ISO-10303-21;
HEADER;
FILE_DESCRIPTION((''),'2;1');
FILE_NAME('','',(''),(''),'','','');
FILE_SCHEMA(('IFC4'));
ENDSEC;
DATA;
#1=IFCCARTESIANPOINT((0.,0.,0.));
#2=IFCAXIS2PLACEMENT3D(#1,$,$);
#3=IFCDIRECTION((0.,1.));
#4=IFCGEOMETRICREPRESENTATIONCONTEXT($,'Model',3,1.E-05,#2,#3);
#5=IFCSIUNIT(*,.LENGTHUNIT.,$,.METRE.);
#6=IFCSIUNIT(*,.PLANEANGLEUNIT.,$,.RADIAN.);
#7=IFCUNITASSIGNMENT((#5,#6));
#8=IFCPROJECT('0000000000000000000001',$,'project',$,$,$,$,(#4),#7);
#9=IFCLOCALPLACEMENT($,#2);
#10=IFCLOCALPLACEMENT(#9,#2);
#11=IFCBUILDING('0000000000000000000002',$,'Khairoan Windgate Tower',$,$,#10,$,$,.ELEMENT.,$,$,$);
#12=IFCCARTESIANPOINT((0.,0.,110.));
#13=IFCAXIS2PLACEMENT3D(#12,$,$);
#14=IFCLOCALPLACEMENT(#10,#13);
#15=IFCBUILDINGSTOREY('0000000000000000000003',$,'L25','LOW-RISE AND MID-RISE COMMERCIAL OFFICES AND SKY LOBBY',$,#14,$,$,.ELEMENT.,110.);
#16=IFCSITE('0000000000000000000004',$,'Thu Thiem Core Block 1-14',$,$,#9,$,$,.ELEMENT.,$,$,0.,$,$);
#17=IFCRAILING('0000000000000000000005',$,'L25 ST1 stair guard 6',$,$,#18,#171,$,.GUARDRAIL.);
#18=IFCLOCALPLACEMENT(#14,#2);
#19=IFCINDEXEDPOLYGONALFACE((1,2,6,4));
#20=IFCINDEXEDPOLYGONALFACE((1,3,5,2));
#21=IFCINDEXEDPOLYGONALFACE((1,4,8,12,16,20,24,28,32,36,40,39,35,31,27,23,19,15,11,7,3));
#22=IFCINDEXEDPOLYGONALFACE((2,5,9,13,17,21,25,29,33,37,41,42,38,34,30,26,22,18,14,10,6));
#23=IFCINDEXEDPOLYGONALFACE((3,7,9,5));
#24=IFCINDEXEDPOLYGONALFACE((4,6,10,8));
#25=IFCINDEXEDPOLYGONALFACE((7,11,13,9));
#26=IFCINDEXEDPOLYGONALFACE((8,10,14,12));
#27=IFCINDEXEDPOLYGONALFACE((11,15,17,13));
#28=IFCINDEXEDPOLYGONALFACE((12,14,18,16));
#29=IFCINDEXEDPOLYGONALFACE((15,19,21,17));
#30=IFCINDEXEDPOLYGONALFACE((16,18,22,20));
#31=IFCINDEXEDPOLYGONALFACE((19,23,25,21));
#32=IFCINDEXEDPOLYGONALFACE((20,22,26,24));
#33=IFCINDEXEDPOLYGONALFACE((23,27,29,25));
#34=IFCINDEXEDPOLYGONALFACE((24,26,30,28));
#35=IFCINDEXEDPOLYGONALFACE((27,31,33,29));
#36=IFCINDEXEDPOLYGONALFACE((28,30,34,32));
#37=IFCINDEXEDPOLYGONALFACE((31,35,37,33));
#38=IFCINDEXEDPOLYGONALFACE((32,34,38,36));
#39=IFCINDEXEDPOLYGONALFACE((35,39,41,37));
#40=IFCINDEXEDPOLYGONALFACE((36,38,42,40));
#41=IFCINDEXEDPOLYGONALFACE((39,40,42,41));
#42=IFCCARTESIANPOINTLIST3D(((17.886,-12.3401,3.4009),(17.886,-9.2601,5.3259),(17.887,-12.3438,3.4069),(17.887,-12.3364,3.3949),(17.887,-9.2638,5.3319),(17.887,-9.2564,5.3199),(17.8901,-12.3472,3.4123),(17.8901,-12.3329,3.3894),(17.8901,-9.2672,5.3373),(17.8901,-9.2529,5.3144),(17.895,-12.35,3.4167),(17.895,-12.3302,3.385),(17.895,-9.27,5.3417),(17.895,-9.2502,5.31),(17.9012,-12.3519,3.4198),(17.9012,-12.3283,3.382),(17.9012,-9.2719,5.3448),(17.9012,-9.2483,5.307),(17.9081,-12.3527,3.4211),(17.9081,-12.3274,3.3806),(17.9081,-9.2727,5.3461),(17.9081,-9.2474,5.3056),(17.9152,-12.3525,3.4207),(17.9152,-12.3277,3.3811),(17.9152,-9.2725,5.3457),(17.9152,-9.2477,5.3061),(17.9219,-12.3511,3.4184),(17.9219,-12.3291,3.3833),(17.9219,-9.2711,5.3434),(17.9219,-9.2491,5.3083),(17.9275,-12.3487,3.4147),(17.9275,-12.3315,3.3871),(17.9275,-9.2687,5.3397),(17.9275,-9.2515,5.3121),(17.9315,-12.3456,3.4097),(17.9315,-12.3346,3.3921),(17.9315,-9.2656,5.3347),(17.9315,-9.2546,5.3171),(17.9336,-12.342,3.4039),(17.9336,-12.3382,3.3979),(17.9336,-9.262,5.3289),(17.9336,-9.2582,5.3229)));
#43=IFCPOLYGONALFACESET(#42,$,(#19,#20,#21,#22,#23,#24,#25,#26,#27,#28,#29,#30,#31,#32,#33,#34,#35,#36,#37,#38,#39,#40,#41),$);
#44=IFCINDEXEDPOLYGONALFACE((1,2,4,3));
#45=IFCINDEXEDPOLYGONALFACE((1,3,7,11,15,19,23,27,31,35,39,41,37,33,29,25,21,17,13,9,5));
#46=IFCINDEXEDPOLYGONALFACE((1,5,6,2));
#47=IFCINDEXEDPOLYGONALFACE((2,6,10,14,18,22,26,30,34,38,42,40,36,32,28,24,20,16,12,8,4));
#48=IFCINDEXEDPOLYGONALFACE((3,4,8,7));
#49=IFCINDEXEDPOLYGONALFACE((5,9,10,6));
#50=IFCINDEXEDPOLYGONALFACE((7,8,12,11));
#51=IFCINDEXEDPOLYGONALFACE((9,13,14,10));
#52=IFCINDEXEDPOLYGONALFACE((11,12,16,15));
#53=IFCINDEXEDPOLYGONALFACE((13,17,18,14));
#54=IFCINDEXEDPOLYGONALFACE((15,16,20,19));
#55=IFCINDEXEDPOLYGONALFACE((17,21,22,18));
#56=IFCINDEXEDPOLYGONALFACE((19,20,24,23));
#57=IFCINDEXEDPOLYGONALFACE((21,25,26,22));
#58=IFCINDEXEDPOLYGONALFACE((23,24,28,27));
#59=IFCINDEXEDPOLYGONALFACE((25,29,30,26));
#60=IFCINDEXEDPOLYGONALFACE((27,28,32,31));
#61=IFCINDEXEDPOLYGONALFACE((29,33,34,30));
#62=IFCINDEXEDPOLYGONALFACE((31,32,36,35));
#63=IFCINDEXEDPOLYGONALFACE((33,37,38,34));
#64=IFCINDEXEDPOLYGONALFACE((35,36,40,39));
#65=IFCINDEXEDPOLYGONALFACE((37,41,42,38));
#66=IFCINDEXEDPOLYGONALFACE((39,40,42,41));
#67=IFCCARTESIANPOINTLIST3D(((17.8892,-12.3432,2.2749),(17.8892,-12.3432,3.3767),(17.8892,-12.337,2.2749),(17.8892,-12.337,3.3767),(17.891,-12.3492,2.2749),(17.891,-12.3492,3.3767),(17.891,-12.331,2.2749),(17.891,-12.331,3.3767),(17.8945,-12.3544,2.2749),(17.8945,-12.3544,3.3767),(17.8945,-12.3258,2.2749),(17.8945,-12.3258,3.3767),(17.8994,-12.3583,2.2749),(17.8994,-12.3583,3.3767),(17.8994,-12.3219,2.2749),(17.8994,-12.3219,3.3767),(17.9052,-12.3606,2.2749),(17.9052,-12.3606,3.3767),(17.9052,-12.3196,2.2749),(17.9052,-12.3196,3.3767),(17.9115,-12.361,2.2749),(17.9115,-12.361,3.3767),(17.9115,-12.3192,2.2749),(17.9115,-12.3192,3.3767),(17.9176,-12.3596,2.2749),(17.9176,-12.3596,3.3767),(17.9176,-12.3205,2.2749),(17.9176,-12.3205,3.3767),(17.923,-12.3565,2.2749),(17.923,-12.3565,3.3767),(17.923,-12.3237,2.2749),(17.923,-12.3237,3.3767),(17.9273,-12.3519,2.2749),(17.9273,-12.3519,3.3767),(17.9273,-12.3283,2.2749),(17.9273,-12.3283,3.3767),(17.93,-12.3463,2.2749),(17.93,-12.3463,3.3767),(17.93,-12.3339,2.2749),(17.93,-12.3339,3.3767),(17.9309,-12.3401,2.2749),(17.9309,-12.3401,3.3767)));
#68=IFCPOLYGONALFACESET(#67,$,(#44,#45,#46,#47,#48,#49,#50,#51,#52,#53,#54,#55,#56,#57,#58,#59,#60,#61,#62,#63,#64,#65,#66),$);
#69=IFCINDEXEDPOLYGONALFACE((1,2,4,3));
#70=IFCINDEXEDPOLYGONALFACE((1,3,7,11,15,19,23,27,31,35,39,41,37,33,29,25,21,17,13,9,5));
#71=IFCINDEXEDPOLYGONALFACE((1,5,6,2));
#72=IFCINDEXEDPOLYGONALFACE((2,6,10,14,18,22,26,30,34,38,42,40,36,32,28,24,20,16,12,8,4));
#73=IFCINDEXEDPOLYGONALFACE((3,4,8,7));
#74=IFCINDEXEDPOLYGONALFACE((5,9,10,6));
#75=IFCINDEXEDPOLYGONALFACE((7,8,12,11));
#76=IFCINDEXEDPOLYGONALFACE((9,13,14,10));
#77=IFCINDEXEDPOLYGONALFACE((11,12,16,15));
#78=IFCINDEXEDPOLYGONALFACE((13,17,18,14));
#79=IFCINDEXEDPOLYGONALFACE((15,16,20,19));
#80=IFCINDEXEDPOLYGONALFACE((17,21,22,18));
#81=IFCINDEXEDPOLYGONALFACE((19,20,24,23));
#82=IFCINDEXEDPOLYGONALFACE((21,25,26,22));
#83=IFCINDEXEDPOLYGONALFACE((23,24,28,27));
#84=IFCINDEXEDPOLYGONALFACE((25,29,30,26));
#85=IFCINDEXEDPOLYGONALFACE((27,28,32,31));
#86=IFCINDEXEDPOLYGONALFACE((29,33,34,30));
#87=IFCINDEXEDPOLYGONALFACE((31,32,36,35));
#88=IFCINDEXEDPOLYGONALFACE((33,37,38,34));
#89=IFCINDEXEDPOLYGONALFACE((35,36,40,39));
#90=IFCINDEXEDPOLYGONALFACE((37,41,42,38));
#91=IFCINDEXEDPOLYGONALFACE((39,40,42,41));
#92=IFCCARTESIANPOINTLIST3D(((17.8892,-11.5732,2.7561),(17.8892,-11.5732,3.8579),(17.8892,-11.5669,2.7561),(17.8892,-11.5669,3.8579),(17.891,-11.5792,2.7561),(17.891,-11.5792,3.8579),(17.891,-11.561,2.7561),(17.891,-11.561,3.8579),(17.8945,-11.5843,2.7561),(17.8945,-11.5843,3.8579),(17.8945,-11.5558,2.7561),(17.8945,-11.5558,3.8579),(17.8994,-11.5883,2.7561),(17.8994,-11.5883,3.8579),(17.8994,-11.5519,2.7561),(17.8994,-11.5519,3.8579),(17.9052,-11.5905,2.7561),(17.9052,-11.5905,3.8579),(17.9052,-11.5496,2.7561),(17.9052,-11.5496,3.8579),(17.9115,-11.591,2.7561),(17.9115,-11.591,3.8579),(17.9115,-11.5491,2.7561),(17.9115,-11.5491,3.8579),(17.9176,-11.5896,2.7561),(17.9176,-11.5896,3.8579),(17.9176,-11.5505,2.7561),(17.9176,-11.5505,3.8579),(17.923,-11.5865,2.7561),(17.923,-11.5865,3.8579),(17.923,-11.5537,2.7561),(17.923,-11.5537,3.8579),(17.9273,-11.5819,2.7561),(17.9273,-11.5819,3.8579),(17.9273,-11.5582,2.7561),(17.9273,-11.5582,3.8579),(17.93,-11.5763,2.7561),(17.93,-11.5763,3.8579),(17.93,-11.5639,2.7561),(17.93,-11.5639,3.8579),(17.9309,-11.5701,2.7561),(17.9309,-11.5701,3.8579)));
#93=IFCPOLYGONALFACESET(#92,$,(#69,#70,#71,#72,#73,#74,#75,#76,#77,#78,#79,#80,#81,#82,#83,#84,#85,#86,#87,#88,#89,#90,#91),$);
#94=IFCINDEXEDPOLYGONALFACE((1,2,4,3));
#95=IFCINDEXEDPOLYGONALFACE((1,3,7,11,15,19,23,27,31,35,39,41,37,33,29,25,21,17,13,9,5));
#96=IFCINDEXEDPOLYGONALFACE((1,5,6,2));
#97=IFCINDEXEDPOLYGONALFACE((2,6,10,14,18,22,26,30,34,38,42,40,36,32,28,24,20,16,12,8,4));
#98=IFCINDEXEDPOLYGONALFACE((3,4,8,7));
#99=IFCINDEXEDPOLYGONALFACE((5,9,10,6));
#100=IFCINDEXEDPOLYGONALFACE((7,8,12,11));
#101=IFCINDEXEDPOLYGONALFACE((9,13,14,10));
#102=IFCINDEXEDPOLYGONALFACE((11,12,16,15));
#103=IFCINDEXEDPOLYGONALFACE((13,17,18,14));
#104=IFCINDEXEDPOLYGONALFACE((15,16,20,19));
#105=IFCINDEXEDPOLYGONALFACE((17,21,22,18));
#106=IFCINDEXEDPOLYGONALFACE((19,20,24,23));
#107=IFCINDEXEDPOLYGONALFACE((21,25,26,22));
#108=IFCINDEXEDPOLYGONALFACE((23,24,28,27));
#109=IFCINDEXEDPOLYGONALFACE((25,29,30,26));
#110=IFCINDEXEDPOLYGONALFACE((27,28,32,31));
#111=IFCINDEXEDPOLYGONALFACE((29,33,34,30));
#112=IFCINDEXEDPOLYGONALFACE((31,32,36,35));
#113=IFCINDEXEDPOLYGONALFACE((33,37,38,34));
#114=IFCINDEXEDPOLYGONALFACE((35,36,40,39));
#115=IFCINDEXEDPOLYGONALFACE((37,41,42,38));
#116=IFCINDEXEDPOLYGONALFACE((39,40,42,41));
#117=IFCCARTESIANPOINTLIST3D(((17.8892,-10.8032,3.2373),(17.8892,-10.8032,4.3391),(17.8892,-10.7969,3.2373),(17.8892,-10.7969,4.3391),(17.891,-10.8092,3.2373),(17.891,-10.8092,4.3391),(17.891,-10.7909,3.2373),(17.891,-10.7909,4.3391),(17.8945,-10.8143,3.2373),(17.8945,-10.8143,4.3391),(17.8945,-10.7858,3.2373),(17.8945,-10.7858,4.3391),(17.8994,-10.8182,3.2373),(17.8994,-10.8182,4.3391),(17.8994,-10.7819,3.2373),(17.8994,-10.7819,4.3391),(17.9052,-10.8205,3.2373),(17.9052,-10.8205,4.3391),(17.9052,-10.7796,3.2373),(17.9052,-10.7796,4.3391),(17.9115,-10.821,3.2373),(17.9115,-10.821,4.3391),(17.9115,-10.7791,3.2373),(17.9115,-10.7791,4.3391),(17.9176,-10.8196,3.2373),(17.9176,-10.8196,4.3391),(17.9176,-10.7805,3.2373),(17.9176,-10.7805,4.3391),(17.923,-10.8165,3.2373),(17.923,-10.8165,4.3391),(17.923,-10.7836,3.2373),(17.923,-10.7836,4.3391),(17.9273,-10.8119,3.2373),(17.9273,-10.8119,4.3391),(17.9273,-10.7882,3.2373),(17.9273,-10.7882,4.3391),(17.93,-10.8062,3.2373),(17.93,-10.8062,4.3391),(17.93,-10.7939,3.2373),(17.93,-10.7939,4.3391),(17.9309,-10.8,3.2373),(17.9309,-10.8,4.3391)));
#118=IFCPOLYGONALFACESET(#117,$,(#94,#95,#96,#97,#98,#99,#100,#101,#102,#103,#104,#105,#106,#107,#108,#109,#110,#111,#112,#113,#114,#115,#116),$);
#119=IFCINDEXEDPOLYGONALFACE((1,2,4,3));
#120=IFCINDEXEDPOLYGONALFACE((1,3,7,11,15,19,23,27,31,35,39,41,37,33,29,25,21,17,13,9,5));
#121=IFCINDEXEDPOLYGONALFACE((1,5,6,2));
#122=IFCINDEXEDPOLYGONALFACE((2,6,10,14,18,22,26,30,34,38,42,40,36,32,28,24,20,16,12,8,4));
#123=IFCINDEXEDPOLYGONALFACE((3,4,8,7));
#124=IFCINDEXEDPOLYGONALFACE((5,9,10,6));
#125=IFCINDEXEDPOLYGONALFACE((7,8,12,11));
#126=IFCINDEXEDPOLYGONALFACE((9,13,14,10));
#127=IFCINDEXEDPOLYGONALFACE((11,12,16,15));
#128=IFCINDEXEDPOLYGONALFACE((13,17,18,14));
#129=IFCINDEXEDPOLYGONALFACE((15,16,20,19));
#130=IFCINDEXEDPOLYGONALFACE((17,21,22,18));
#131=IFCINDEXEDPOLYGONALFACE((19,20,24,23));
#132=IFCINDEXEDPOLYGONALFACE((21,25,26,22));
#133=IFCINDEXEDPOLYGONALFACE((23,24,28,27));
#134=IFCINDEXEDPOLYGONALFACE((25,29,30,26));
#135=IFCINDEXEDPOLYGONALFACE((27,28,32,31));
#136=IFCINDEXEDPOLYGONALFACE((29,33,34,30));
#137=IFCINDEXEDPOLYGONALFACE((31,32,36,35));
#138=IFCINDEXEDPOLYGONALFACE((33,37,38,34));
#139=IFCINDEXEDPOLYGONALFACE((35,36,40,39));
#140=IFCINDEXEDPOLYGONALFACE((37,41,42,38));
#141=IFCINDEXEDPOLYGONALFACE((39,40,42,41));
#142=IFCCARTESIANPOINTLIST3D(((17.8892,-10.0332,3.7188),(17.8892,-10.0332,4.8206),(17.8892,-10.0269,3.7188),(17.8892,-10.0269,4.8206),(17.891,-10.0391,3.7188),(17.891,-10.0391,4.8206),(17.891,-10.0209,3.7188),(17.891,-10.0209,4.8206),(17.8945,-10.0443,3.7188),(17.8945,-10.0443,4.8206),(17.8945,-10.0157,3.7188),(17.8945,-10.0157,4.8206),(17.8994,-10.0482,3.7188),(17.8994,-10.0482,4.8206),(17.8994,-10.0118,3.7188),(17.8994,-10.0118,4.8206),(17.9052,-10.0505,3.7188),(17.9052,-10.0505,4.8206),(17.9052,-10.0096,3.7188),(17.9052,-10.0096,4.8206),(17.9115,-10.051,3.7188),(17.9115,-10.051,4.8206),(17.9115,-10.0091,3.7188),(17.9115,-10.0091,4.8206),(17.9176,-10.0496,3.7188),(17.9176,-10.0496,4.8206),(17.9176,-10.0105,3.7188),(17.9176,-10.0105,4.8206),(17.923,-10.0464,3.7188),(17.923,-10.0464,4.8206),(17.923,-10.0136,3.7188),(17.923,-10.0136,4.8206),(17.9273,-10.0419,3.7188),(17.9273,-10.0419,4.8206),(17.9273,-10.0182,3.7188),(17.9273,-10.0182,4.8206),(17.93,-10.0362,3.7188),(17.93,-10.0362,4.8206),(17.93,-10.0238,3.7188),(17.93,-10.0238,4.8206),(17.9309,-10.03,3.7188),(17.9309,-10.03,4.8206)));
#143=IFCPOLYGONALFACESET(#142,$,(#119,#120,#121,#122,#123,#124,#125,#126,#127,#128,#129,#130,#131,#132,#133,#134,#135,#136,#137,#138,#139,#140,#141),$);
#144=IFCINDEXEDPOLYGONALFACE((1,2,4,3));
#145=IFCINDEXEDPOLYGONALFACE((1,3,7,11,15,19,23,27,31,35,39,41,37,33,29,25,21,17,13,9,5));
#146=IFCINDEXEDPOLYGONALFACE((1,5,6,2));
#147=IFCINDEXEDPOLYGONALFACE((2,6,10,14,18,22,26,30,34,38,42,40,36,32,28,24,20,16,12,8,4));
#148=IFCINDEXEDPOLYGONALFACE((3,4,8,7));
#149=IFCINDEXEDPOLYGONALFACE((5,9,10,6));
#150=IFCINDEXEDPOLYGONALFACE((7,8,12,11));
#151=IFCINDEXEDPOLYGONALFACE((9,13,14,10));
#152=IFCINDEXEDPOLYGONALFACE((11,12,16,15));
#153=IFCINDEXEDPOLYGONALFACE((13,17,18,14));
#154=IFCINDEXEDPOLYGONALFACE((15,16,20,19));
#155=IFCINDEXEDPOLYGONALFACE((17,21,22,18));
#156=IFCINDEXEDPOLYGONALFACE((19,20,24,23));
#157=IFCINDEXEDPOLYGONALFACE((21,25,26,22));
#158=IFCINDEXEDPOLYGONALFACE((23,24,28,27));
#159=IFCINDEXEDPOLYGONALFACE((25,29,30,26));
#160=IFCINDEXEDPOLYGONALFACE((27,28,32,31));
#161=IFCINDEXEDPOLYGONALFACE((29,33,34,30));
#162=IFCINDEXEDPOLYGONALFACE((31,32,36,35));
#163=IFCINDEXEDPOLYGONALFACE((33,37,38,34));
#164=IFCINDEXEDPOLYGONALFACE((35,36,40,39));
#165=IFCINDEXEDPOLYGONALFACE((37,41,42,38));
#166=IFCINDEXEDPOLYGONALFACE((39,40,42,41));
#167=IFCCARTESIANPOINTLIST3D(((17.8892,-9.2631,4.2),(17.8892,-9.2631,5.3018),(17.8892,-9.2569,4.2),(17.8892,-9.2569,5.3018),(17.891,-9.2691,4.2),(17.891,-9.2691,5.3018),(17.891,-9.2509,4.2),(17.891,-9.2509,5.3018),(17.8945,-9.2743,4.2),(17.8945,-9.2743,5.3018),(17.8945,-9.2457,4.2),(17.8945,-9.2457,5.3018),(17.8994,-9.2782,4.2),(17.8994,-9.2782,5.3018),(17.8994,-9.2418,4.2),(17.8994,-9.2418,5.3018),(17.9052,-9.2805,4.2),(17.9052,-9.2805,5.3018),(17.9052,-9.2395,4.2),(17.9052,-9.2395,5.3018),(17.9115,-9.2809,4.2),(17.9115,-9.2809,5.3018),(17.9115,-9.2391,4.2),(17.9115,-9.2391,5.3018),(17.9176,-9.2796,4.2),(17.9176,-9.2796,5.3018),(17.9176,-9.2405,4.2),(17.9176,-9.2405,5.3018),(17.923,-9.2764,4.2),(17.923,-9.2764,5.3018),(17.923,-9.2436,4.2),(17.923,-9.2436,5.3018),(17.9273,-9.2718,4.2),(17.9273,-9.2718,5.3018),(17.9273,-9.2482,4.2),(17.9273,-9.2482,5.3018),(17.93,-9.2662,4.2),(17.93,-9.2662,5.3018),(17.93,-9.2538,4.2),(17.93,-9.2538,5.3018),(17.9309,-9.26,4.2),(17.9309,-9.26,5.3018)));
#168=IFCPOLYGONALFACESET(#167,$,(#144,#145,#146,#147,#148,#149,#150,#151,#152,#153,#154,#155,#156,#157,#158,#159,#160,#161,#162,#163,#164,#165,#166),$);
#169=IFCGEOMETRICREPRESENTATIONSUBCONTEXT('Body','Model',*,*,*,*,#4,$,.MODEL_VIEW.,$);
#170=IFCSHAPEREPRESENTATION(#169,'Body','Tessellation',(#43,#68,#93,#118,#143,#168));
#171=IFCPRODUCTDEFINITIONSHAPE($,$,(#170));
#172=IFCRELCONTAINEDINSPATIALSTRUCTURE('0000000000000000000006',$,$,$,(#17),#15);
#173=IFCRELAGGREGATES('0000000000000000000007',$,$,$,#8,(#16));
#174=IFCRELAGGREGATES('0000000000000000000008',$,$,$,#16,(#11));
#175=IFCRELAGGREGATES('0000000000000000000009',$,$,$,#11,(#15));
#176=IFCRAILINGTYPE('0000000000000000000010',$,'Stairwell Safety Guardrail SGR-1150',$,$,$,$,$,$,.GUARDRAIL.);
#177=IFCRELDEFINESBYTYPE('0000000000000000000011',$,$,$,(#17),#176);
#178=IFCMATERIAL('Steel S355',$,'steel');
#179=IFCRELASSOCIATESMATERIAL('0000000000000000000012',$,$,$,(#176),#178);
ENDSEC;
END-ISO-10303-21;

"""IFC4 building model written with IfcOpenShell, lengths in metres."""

from ifc_helpers import new_model, si_unit, direction, frame, origin, origin_2d, place, context, subcontext, project, spatial, circle, extrude, material, type_object, element, save


model = new_model("IFC4")

# Units and contexts
model_context = context("Model", 3, precision=1e-05, world=origin(), true_north=direction((0.0, 1.0)))
body_context = subcontext(model_context, "Body", "Model", "MODEL_VIEW")
ifc_project = project(units=[si_unit("LENGTHUNIT", "METRE"), si_unit("PLANEANGLEUNIT", "RADIAN")], contexts=[model_context])

# Site, building, storey
site_placement = place(None, origin())
site = spatial("IfcSite", under=ifc_project, at=site_placement, Name="Thu Thiem Core Block 1-14", CompositionType="ELEMENT", RefElevation=0.0)
building_placement = place(site_placement, origin())
building = spatial("IfcBuilding", under=site, at=building_placement, Name="Khairoan Windgate Tower", CompositionType="ELEMENT")
storey_placement = place(building_placement, frame((0.0, 0.0, 110.0)))
storey = spatial("IfcBuildingStorey", under=building, at=storey_placement, Name="L25", Description="LOW-RISE AND MID-RISE COMMERCIAL OFFICES AND SKY LOBBY", CompositionType="ELEMENT", Elevation=110.0)

# Railing
ifc_material_1 = material(Name="Steel S355", Category="steel")
railing_type_1 = type_object("IfcRailingType", Name="Stairwell Safety Guardrail SGR-1150", PredefinedType="GUARDRAIL", material=ifc_material_1)
railing_1_placement = place(storey_placement, frame((17.9099, -12.3401, 2.2749)))
element("IfcRailing", 1, at=railing_1_placement, inside=storey, type_object=railing_type_1, Name="L25 ST1 stair guard 6", PredefinedType="GUARDRAIL", context=body_context, shape_type="SweptSolid", body=[
    extrude(circle(Radius=0.0239, at=origin_2d()), frame((0.0, 0.0, 1.126), z_axis=(0.0, 0.847998, 0.529999), x_axis=(-1.0, 0.0, 0.0)), (0.0, 0.0, 1.0), 3.6321),
    extrude(circle(Radius=0.021, at=origin_2d()), origin(), (0.0, 0.0, 1.0), 1.1018),
    extrude(circle(Radius=0.021, at=origin_2d()), frame((0.0, 0.77, 0.4812)), (0.0, 0.0, 1.0), 1.1018),
    extrude(circle(Radius=0.021, at=origin_2d()), frame((0.0, 1.54, 0.9624)), (0.0, 0.0, 1.0), 1.1018),
    extrude(circle(Radius=0.021, at=origin_2d()), frame((0.0, 2.3101, 1.4438)), (0.0, 0.0, 1.0), 1.1018),
    extrude(circle(Radius=0.021, at=origin_2d()), frame((0.0, 3.0801, 1.925)), (0.0, 0.0, 1.0), 1.1018),
])

save(model, "model.ifc")
